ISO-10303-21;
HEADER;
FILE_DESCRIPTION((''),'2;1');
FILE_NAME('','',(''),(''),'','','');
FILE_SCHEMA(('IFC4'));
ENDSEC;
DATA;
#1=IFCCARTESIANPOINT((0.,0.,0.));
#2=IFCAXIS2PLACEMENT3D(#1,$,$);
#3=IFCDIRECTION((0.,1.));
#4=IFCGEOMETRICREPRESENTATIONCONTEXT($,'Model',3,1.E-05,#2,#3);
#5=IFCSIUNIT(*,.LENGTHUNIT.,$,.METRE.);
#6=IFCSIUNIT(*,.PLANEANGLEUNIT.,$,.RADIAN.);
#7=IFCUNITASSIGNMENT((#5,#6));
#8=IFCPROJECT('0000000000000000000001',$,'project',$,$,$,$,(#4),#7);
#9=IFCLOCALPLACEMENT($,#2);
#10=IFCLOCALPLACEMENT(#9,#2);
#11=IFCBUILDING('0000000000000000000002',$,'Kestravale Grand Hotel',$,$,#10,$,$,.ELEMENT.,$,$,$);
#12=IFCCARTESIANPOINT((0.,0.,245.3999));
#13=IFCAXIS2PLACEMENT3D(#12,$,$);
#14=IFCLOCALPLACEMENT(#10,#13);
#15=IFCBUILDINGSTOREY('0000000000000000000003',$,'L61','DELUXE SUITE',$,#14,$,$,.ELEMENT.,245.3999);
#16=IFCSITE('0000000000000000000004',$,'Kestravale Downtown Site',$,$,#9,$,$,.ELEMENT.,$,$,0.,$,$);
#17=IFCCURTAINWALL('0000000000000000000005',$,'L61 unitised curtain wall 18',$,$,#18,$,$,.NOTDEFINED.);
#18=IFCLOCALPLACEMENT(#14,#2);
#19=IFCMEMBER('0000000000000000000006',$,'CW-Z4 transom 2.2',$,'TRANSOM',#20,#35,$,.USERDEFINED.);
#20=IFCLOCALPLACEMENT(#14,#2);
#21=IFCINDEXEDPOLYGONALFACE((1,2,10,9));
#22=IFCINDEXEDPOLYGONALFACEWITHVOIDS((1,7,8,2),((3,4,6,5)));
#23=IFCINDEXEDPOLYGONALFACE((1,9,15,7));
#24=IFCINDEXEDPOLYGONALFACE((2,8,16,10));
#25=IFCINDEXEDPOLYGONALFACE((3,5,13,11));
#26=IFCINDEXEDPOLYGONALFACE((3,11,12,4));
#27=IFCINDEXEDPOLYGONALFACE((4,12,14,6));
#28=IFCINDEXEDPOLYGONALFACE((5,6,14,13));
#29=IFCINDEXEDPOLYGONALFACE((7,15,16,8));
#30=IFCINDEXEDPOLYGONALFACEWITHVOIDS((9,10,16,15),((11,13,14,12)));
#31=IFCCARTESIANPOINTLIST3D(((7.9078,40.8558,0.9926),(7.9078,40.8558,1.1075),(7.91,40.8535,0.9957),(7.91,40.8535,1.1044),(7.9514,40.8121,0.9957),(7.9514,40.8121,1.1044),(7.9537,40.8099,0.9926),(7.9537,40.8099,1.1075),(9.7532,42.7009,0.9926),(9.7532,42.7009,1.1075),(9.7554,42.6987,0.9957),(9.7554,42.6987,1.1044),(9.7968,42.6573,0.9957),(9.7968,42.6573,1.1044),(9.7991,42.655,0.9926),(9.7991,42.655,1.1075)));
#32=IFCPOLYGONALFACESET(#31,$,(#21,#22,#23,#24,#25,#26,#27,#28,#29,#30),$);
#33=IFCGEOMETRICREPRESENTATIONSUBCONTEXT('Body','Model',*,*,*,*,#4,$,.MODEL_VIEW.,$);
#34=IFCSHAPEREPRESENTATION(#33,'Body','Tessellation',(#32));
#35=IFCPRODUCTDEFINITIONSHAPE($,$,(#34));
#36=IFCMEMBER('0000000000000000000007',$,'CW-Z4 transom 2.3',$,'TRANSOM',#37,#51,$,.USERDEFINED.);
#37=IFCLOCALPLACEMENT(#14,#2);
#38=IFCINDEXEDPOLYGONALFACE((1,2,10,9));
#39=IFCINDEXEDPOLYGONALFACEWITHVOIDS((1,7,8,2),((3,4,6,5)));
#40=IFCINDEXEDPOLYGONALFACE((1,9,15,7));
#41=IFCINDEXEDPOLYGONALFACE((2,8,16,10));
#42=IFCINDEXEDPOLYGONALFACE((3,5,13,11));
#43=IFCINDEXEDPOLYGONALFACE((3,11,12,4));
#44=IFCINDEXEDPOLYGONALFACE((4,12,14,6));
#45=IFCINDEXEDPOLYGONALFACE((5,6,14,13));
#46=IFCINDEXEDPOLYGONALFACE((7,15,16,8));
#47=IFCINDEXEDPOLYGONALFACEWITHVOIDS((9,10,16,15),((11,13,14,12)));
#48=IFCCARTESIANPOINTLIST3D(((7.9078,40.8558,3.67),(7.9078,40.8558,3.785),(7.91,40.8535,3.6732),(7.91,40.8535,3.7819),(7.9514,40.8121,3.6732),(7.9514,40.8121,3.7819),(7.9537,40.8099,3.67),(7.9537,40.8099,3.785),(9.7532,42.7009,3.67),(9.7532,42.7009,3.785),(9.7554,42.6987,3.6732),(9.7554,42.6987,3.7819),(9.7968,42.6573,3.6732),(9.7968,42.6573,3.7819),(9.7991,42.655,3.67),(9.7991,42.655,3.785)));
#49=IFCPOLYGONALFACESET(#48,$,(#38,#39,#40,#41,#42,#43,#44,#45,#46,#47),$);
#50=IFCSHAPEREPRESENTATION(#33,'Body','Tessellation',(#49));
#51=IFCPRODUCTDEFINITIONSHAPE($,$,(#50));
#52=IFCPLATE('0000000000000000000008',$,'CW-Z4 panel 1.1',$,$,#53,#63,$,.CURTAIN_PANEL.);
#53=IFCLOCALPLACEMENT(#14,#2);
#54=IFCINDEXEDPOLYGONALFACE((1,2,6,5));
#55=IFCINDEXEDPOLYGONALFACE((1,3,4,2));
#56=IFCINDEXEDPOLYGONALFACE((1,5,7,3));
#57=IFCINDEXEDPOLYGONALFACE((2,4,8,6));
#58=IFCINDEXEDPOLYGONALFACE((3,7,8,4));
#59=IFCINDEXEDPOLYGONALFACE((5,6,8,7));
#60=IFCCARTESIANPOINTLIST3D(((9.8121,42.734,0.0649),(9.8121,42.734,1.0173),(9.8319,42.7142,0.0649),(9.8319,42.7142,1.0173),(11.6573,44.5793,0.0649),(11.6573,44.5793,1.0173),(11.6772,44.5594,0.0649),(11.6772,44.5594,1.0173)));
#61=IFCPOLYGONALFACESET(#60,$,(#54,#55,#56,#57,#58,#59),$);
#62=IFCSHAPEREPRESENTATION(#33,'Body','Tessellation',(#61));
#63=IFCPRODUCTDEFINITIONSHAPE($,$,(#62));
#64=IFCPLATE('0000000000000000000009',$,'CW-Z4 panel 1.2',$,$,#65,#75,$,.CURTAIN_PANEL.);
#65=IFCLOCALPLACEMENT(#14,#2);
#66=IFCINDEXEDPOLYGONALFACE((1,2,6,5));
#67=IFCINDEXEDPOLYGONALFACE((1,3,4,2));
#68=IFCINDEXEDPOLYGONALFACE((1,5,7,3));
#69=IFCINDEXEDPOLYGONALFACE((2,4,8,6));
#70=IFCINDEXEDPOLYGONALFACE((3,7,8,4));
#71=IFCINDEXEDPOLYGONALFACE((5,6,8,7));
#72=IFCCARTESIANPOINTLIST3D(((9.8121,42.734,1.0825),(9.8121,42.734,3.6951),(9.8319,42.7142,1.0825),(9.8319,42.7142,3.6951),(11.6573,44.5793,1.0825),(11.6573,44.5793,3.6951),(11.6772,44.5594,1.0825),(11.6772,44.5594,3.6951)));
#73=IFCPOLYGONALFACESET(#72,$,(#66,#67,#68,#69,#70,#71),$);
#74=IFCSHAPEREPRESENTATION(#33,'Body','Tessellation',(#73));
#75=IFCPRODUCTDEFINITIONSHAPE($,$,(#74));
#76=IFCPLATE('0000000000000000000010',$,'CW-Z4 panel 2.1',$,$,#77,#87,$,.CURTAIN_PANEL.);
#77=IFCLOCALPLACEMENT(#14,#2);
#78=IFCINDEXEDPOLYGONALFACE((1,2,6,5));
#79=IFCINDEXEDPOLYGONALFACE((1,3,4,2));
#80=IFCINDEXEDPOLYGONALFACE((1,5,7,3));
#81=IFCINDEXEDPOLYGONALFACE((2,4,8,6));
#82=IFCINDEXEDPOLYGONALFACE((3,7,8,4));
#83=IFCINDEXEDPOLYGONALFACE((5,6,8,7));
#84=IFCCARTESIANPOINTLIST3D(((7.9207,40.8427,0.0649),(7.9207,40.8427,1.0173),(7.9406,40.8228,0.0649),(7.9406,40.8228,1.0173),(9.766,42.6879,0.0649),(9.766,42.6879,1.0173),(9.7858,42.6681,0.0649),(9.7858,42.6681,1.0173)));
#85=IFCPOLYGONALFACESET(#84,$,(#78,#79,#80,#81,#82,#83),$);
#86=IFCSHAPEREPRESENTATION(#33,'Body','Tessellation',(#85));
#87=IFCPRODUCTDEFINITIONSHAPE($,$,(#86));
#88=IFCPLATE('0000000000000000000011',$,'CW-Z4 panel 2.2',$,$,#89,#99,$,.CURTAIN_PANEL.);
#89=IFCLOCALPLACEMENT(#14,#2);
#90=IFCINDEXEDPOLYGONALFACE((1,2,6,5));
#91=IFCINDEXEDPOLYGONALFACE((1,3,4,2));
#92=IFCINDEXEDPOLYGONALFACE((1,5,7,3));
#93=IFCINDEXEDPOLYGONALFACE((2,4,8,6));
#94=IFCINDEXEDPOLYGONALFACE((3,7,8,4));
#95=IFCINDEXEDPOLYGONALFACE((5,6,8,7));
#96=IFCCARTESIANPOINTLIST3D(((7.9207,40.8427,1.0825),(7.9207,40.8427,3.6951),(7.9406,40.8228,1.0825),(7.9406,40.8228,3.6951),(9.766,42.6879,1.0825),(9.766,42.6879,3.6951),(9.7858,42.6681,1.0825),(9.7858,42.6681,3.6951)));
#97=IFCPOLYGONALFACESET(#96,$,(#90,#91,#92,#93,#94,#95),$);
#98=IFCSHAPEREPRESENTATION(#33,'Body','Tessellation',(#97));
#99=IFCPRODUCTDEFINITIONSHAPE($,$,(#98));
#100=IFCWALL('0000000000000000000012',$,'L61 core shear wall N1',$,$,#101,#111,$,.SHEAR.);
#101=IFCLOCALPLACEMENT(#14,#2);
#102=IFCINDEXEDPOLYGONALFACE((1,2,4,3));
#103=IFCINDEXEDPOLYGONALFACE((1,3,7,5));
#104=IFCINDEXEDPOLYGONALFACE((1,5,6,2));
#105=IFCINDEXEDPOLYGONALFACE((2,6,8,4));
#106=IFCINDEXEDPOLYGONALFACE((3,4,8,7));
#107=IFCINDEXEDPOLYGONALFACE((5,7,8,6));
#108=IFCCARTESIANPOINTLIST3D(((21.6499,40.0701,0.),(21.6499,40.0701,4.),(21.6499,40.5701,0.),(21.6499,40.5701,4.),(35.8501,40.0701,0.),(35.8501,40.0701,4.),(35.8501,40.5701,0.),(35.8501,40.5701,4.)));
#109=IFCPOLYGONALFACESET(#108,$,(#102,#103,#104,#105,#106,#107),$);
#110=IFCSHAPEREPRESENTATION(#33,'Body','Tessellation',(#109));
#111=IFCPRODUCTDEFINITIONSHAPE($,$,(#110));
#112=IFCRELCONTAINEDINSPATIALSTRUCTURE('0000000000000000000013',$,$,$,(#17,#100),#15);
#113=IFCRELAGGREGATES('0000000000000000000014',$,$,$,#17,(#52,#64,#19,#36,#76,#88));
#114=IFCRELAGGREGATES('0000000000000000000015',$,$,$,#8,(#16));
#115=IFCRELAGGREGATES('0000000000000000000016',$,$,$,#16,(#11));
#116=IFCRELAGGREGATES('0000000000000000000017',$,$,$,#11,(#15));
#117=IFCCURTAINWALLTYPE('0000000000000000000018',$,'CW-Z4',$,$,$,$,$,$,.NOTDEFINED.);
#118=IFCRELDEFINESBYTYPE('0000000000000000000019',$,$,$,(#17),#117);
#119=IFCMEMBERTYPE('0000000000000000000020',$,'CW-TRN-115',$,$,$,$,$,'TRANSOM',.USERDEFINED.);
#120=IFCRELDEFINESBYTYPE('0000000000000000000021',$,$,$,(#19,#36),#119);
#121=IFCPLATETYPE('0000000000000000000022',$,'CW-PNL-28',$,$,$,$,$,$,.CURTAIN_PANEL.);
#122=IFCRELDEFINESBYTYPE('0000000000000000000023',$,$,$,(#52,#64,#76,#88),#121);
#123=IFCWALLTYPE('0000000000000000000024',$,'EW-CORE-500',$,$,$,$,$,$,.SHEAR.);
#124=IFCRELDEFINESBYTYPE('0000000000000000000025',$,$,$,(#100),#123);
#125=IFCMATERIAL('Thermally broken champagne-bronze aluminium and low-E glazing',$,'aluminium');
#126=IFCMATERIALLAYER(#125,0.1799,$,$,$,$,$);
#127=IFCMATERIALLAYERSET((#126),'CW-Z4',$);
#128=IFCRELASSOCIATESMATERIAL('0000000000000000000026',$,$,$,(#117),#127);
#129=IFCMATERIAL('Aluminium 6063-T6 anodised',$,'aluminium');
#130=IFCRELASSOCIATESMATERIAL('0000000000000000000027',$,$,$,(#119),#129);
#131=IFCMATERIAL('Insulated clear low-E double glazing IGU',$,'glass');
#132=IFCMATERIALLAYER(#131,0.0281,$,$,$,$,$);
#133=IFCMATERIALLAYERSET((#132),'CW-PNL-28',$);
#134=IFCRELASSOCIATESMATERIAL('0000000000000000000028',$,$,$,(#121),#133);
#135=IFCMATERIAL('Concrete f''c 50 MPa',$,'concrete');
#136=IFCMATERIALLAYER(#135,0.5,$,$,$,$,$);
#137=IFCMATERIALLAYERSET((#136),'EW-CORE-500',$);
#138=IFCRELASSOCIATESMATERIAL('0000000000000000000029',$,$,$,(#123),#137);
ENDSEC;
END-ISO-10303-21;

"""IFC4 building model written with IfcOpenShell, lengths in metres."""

from ifc_helpers import new_model, si_unit, direction, frame, frame_2d, origin, origin_2d, place, context, subcontext, project, spatial, rectangle, hollow_rectangle, extrude, material, layer, layer_set, material_profile, profile_set, type_object, element, aggregate, save


model = new_model("IFC4")

# Units and contexts
model_context = context("Model", 3, precision=1e-05, world=origin(), true_north=direction((0.0, 1.0)))
body_context = subcontext(model_context, "Body", "Model", "MODEL_VIEW")
ifc_project = project(units=[si_unit("LENGTHUNIT", "METRE"), si_unit("PLANEANGLEUNIT", "RADIAN")], contexts=[model_context])

# Site, building, storey
site_placement = place(None, origin())
site = spatial("IfcSite", under=ifc_project, at=site_placement, Name="Kestravale Downtown Site", CompositionType="ELEMENT", RefElevation=0.0)
building_placement = place(site_placement, origin())
building = spatial("IfcBuilding", under=site, at=building_placement, Name="Kestravale Grand Hotel", CompositionType="ELEMENT")
storey_placement = place(building_placement, frame((0.0, 0.0, 245.3999)))
storey = spatial("IfcBuildingStorey", under=building, at=storey_placement, Name="L61", Description="DELUXE SUITE", CompositionType="ELEMENT", Elevation=245.3999)

# Curtain wall, members, plates
ifc_material_1 = material(Name="Thermally broken champagne-bronze aluminium and low-E glazing", Category="aluminium")
ifc_layer_1 = layer(ifc_material_1, 0.1799)
ifc_layer_set_1 = layer_set([ifc_layer_1], Name="CW-Z4")
curtain_wall_type = type_object("IfcCurtainWallType", Name="CW-Z4", PredefinedType="NOTDEFINED", material=ifc_layer_set_1)
curtain_wall_placement = place(storey_placement, origin())
curtain_wall = element("IfcCurtainWall", 1, at=curtain_wall_placement, inside=storey, type_object=curtain_wall_type, Name="L61 unitised curtain wall 18", PredefinedType="NOTDEFINED")
ifc_material_2 = material(Name="Aluminium 6063-T6 anodised", Category="aluminium")
ifc_material_profile_1 = material_profile(ifc_material_2, hollow_rectangle(XDim=0.0649, YDim=0.115, WallThickness=0.0032, at=origin_2d()))
ifc_profile_set_1 = profile_set([ifc_material_profile_1], Name="Aluminium 6063-T6 anodised")
member_type_1 = type_object("IfcMemberType", Name="CW-TRN-115", ElementType="TRANSOM", PredefinedType="USERDEFINED", material=ifc_profile_set_1)
member_1_placement = place(storey_placement, frame((9.7761, 42.678, 1.05), z_axis=(-0.707154, -0.70706, 0.0), x_axis=(0.70706, -0.707154, 0.0)))
member_1 = element("IfcMember", 2, at=member_1_placement, type_object=member_type_1, Name="CW-Z4 transom 2.2", ObjectType="TRANSOM", PredefinedType="USERDEFINED", context=body_context, shape_type="SweptSolid", body=[
    extrude(hollow_rectangle(XDim=0.0649, YDim=0.115, WallThickness=0.0032, at=origin_2d()), origin(), (0.0, 0.0, 1.0), 2.6096),
])
member_2_placement = place(storey_placement, frame((9.7761, 42.678, 3.7275), z_axis=(-0.707154, -0.70706, 0.0), x_axis=(0.70706, -0.707154, 0.0)))
member_2 = element("IfcMember", 3, at=member_2_placement, type_object=member_type_1, Name="CW-Z4 transom 2.3", ObjectType="TRANSOM", PredefinedType="USERDEFINED", context=body_context, shape_type="SweptSolid", body=[
    extrude(hollow_rectangle(XDim=0.0649, YDim=0.115, WallThickness=0.0032, at=origin_2d()), origin(), (0.0, 0.0, 1.0), 2.6096),
])
ifc_material_3 = material(Name="Insulated clear low-E double glazing IGU", Category="glass")
ifc_layer_2 = layer(ifc_material_3, 0.0281)
ifc_layer_set_2 = layer_set([ifc_layer_2], Name="CW-PNL-28")
plate_type = type_object("IfcPlateType", Name="CW-PNL-28", PredefinedType="CURTAIN_PANEL", material=ifc_layer_set_2)
plate_1_placement = place(storey_placement, frame((10.7446, 43.6467, 0.0649), z_axis=(0.0, 0.0, 1.0), x_axis=(-0.707107, -0.707107, 0.0)))
plate_1 = element("IfcPlate", 4, at=plate_1_placement, type_object=plate_type, Name="CW-Z4 panel 1.1", PredefinedType="CURTAIN_PANEL", context=body_context, shape_type="SweptSolid", body=[
    extrude(rectangle(XDim=2.6096, YDim=0.0281, at=origin_2d()), origin(), (0.0, 0.0, 1.0), 0.9524),
])
plate_2_placement = place(storey_placement, frame((10.7446, 43.6467, 1.0825), z_axis=(0.0, 0.0, 1.0), x_axis=(-0.707107, -0.707107, 0.0)))
plate_2 = element("IfcPlate", 5, at=plate_2_placement, type_object=plate_type, Name="CW-Z4 panel 1.2", PredefinedType="CURTAIN_PANEL", context=body_context, shape_type="SweptSolid", body=[
    extrude(rectangle(XDim=2.6096, YDim=0.0281, at=origin_2d()), origin(), (0.0, 0.0, 1.0), 2.6125),
])
plate_3_placement = place(storey_placement, frame((8.8533, 41.7554, 0.0649), z_axis=(0.0, 0.0, 1.0), x_axis=(-0.707107, -0.707107, 0.0)))
plate_3 = element("IfcPlate", 6, at=plate_3_placement, type_object=plate_type, Name="CW-Z4 panel 2.1", PredefinedType="CURTAIN_PANEL", context=body_context, shape_type="SweptSolid", body=[
    extrude(rectangle(XDim=2.6096, YDim=0.0281, at=origin_2d()), origin(), (0.0, 0.0, 1.0), 0.9524),
])
plate_4_placement = place(storey_placement, frame((8.8533, 41.7554, 1.0825), z_axis=(0.0, 0.0, 1.0), x_axis=(-0.707107, -0.707107, 0.0)))
plate_4 = element("IfcPlate", 7, at=plate_4_placement, type_object=plate_type, Name="CW-Z4 panel 2.2", PredefinedType="CURTAIN_PANEL", context=body_context, shape_type="SweptSolid", body=[
    extrude(rectangle(XDim=2.6096, YDim=0.0281, at=origin_2d()), origin(), (0.0, 0.0, 1.0), 2.6125),
])
aggregate(curtain_wall, [plate_1, plate_2, member_1, member_2, plate_3, plate_4])

# Wall
ifc_material_4 = material(Name="Concrete f'c 50 MPa", Category="concrete")
ifc_layer_3 = layer(ifc_material_4, 0.5)
ifc_layer_set_3 = layer_set([ifc_layer_3], Name="EW-CORE-500")
wall_type_1 = type_object("IfcWallType", Name="EW-CORE-500", PredefinedType="SHEAR", material=ifc_layer_set_3)
wall_1_placement = place(storey_placement, frame((21.6499, 40.3201, 0.0), z_axis=(0.0, 0.0, 1.0), x_axis=(1.0, 0.0, 0.0)))
element("IfcWall", 8, at=wall_1_placement, inside=storey, type_object=wall_type_1, Name="L61 core shear wall N1", PredefinedType="SHEAR", context=body_context, shape_type="SweptSolid", body=[
    extrude(rectangle(XDim=14.2002, YDim=0.5, at=frame_2d((7.1001, 0.0))), origin(), (0.0, 0.0, 1.0), 4.0),
])

save(model, "model.ifc")
